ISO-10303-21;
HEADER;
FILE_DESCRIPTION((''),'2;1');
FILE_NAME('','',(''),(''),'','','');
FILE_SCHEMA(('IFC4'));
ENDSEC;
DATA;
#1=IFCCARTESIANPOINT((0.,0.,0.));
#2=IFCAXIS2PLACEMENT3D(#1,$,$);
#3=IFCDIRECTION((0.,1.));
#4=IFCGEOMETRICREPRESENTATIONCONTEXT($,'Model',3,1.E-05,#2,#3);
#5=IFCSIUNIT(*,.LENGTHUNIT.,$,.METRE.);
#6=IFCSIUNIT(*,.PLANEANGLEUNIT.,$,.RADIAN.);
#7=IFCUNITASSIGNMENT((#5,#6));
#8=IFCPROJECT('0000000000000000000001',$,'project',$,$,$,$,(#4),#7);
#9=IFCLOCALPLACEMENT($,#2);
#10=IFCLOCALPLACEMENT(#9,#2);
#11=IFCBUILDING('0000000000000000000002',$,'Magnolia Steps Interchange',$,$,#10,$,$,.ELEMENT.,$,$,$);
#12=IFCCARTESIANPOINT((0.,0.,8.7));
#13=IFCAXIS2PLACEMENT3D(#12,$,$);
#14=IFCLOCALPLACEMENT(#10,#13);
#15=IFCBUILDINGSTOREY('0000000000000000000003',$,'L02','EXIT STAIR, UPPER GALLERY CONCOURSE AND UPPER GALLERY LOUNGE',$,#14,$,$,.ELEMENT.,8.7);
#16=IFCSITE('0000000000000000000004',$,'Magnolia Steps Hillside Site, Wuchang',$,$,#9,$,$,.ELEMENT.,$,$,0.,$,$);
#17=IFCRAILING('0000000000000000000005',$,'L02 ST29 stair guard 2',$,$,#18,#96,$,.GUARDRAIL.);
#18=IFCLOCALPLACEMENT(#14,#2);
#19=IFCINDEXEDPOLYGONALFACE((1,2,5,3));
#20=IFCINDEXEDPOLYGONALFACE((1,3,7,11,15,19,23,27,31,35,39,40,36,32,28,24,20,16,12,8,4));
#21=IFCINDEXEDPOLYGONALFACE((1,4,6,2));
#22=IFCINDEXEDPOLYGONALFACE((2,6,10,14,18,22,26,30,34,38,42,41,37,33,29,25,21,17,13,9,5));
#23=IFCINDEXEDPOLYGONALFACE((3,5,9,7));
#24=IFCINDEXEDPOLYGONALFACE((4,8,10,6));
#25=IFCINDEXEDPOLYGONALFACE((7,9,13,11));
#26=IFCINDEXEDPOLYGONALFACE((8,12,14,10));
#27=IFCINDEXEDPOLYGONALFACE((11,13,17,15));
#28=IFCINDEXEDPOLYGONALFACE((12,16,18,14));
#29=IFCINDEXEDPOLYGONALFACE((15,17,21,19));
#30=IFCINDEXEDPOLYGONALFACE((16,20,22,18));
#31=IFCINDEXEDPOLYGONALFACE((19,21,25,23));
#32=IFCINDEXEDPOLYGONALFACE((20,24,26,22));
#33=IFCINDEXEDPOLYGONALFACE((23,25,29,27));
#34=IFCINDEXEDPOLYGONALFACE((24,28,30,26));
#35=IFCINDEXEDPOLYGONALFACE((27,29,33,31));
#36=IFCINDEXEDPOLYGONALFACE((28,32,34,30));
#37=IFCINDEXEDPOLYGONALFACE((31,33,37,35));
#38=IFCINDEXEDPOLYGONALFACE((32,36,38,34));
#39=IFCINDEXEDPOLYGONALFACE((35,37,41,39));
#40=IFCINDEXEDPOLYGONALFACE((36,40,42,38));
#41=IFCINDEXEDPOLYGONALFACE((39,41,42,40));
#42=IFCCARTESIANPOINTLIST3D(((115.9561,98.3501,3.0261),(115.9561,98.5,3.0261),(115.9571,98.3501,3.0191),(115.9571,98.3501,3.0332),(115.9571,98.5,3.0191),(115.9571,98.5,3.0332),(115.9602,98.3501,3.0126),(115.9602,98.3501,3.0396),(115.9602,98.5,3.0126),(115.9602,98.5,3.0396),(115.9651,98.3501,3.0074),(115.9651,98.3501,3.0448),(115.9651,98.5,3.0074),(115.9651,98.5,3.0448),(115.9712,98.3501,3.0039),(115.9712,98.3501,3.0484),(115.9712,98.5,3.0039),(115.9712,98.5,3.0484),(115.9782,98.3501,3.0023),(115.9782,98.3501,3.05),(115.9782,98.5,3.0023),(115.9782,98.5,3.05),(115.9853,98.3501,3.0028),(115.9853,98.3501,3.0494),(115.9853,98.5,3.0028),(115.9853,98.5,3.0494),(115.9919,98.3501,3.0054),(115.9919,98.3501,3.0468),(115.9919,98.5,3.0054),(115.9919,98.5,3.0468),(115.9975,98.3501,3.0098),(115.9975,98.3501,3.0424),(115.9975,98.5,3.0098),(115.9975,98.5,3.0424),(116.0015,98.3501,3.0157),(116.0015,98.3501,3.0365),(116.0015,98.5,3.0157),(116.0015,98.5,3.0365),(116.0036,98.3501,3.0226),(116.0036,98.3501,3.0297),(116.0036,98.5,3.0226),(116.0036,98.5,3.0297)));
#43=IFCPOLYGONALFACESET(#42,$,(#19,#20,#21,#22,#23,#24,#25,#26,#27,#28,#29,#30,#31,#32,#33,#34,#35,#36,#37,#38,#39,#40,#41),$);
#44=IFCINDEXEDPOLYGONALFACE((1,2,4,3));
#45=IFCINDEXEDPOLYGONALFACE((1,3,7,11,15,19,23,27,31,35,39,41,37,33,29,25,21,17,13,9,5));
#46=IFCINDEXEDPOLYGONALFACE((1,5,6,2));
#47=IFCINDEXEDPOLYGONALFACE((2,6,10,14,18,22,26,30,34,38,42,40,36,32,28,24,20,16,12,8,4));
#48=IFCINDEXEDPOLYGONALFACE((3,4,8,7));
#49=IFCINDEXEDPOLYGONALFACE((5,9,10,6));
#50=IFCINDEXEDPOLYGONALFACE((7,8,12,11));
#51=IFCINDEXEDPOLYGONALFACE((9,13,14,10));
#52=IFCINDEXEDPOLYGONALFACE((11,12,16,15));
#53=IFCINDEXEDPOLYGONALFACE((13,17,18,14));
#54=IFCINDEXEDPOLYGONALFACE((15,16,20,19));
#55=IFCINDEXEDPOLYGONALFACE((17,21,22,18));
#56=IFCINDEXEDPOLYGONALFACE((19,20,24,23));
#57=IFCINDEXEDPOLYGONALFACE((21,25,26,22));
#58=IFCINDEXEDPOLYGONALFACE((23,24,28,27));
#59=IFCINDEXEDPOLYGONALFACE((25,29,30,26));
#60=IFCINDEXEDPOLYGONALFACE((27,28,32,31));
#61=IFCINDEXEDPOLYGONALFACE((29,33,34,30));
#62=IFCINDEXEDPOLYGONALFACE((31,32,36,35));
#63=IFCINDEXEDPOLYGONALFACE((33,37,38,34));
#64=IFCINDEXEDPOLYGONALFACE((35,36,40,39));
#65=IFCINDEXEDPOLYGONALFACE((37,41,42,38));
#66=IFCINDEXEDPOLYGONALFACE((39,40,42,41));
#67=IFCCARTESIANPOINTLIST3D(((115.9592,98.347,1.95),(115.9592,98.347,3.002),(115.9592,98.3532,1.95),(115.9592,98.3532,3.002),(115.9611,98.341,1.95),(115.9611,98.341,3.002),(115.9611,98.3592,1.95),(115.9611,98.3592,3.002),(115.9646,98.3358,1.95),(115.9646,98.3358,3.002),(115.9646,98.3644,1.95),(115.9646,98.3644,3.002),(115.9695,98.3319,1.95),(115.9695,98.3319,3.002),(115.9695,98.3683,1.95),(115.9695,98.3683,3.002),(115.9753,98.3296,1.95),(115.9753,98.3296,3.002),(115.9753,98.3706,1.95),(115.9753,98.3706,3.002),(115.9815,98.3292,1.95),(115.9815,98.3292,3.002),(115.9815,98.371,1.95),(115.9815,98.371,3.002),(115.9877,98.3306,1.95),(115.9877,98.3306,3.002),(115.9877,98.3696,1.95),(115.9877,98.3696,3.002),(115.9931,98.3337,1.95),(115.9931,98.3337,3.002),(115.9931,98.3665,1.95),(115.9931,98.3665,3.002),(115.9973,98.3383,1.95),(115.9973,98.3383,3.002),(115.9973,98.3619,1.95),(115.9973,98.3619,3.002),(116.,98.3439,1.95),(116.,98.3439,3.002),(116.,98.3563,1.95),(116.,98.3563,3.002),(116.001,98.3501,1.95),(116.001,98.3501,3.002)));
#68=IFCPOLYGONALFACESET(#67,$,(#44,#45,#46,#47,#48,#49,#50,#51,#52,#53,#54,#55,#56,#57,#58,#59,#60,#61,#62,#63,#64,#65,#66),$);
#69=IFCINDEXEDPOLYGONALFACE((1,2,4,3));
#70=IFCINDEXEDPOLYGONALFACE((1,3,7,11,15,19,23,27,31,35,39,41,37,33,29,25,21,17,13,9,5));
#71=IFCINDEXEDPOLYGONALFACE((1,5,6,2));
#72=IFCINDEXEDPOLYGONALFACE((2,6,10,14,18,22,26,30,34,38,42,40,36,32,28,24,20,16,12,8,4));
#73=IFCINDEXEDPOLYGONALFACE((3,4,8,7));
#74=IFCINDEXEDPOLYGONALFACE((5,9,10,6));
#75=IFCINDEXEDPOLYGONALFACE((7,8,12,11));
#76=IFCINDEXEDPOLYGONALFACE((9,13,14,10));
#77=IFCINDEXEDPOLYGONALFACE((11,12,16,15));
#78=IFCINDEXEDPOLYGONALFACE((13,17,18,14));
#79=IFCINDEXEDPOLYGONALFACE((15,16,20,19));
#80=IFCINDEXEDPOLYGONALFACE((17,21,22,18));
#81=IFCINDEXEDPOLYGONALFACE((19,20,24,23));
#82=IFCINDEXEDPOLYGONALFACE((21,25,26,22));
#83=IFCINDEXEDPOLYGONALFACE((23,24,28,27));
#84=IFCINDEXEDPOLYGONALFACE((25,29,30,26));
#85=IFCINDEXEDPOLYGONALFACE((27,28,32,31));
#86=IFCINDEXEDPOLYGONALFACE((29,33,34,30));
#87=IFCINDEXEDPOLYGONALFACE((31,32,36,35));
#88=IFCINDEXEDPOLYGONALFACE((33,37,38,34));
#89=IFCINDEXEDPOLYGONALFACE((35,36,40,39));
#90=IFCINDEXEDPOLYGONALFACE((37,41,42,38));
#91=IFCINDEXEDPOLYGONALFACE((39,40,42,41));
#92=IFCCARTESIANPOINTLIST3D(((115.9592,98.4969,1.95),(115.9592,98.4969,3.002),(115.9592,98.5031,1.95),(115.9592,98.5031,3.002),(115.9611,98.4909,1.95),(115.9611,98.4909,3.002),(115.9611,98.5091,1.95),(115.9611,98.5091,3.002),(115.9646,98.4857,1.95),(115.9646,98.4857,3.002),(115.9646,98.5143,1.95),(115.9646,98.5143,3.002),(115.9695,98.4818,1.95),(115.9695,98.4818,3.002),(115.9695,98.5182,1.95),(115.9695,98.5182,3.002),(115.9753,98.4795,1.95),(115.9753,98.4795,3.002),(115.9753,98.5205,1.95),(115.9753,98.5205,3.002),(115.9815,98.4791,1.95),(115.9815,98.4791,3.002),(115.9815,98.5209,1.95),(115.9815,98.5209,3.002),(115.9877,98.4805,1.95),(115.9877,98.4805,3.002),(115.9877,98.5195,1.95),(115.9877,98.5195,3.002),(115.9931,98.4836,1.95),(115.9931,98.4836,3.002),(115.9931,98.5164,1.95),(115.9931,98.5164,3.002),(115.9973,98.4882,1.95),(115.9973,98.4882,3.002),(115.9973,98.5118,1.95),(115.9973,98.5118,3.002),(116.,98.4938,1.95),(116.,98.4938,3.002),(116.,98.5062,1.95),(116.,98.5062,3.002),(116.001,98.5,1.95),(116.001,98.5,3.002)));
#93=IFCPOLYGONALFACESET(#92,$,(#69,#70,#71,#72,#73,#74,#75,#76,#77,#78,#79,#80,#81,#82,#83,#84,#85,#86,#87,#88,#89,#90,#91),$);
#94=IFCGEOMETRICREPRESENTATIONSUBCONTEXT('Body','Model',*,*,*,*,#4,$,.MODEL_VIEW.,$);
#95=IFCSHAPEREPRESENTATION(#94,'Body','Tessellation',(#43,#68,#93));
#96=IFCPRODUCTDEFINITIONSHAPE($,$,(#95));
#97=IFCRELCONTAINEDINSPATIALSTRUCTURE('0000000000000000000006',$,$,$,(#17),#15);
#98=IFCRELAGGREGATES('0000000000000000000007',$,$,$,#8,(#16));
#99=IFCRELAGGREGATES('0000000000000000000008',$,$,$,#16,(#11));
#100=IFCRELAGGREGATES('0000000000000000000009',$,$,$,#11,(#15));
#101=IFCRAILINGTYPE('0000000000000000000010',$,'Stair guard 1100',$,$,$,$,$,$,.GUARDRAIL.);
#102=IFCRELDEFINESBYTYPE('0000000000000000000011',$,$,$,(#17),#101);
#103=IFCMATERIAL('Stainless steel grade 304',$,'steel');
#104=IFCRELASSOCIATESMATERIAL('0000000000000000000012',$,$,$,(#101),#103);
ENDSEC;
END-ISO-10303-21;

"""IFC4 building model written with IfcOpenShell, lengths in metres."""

from ifc_helpers import new_model, si_unit, direction, frame, origin, origin_2d, place, context, subcontext, project, spatial, circle, extrude, material, type_object, element, save


model = new_model("IFC4")

# Units and contexts
model_context = context("Model", 3, precision=1e-05, world=origin(), true_north=direction((0.0, 1.0)))
body_context = subcontext(model_context, "Body", "Model", "MODEL_VIEW")
ifc_project = project(units=[si_unit("LENGTHUNIT", "METRE"), si_unit("PLANEANGLEUNIT", "RADIAN")], contexts=[model_context])

# Site, building, storey
site_placement = place(None, origin())
site = spatial("IfcSite", under=ifc_project, at=site_placement, Name="Magnolia Steps Hillside Site, Wuchang", CompositionType="ELEMENT", RefElevation=0.0)
building_placement = place(site_placement, origin())
building = spatial("IfcBuilding", under=site, at=building_placement, Name="Magnolia Steps Interchange", CompositionType="ELEMENT")
storey_placement = place(building_placement, frame((0.0, 0.0, 8.7)))
storey = spatial("IfcBuildingStorey", under=building, at=storey_placement, Name="L02", Description="EXIT STAIR, UPPER GALLERY CONCOURSE AND UPPER GALLERY LOUNGE", CompositionType="ELEMENT", Elevation=8.7)

# Railing
ifc_material_1 = material(Name="Stainless steel grade 304", Category="steel")
railing_type_1 = type_object("IfcRailingType", Name="Stair guard 1100", PredefinedType="GUARDRAIL", material=ifc_material_1)
railing_1_placement = place(storey_placement, frame((115.98, 98.3501, 1.95)))
element("IfcRailing", 1, at=railing_1_placement, inside=storey, type_object=railing_type_1, Name="L02 ST29 stair guard 2", PredefinedType="GUARDRAIL", context=body_context, shape_type="SweptSolid", body=[
    extrude(circle(Radius=0.0239, at=origin_2d()), frame((0.0, 0.0, 1.0762), z_axis=(0.0, 1.0, 0.0), x_axis=(-1.0, 0.0, 0.0)), (0.0, 0.0, 1.0), 0.1499),
    extrude(circle(Radius=0.021, at=origin_2d()), origin(), (0.0, 0.0, 1.0), 1.052),
    extrude(circle(Radius=0.021, at=origin_2d()), frame((0.0, 0.1499, 0.0)), (0.0, 0.0, 1.0), 1.052),
])

save(model, "model.ifc")
